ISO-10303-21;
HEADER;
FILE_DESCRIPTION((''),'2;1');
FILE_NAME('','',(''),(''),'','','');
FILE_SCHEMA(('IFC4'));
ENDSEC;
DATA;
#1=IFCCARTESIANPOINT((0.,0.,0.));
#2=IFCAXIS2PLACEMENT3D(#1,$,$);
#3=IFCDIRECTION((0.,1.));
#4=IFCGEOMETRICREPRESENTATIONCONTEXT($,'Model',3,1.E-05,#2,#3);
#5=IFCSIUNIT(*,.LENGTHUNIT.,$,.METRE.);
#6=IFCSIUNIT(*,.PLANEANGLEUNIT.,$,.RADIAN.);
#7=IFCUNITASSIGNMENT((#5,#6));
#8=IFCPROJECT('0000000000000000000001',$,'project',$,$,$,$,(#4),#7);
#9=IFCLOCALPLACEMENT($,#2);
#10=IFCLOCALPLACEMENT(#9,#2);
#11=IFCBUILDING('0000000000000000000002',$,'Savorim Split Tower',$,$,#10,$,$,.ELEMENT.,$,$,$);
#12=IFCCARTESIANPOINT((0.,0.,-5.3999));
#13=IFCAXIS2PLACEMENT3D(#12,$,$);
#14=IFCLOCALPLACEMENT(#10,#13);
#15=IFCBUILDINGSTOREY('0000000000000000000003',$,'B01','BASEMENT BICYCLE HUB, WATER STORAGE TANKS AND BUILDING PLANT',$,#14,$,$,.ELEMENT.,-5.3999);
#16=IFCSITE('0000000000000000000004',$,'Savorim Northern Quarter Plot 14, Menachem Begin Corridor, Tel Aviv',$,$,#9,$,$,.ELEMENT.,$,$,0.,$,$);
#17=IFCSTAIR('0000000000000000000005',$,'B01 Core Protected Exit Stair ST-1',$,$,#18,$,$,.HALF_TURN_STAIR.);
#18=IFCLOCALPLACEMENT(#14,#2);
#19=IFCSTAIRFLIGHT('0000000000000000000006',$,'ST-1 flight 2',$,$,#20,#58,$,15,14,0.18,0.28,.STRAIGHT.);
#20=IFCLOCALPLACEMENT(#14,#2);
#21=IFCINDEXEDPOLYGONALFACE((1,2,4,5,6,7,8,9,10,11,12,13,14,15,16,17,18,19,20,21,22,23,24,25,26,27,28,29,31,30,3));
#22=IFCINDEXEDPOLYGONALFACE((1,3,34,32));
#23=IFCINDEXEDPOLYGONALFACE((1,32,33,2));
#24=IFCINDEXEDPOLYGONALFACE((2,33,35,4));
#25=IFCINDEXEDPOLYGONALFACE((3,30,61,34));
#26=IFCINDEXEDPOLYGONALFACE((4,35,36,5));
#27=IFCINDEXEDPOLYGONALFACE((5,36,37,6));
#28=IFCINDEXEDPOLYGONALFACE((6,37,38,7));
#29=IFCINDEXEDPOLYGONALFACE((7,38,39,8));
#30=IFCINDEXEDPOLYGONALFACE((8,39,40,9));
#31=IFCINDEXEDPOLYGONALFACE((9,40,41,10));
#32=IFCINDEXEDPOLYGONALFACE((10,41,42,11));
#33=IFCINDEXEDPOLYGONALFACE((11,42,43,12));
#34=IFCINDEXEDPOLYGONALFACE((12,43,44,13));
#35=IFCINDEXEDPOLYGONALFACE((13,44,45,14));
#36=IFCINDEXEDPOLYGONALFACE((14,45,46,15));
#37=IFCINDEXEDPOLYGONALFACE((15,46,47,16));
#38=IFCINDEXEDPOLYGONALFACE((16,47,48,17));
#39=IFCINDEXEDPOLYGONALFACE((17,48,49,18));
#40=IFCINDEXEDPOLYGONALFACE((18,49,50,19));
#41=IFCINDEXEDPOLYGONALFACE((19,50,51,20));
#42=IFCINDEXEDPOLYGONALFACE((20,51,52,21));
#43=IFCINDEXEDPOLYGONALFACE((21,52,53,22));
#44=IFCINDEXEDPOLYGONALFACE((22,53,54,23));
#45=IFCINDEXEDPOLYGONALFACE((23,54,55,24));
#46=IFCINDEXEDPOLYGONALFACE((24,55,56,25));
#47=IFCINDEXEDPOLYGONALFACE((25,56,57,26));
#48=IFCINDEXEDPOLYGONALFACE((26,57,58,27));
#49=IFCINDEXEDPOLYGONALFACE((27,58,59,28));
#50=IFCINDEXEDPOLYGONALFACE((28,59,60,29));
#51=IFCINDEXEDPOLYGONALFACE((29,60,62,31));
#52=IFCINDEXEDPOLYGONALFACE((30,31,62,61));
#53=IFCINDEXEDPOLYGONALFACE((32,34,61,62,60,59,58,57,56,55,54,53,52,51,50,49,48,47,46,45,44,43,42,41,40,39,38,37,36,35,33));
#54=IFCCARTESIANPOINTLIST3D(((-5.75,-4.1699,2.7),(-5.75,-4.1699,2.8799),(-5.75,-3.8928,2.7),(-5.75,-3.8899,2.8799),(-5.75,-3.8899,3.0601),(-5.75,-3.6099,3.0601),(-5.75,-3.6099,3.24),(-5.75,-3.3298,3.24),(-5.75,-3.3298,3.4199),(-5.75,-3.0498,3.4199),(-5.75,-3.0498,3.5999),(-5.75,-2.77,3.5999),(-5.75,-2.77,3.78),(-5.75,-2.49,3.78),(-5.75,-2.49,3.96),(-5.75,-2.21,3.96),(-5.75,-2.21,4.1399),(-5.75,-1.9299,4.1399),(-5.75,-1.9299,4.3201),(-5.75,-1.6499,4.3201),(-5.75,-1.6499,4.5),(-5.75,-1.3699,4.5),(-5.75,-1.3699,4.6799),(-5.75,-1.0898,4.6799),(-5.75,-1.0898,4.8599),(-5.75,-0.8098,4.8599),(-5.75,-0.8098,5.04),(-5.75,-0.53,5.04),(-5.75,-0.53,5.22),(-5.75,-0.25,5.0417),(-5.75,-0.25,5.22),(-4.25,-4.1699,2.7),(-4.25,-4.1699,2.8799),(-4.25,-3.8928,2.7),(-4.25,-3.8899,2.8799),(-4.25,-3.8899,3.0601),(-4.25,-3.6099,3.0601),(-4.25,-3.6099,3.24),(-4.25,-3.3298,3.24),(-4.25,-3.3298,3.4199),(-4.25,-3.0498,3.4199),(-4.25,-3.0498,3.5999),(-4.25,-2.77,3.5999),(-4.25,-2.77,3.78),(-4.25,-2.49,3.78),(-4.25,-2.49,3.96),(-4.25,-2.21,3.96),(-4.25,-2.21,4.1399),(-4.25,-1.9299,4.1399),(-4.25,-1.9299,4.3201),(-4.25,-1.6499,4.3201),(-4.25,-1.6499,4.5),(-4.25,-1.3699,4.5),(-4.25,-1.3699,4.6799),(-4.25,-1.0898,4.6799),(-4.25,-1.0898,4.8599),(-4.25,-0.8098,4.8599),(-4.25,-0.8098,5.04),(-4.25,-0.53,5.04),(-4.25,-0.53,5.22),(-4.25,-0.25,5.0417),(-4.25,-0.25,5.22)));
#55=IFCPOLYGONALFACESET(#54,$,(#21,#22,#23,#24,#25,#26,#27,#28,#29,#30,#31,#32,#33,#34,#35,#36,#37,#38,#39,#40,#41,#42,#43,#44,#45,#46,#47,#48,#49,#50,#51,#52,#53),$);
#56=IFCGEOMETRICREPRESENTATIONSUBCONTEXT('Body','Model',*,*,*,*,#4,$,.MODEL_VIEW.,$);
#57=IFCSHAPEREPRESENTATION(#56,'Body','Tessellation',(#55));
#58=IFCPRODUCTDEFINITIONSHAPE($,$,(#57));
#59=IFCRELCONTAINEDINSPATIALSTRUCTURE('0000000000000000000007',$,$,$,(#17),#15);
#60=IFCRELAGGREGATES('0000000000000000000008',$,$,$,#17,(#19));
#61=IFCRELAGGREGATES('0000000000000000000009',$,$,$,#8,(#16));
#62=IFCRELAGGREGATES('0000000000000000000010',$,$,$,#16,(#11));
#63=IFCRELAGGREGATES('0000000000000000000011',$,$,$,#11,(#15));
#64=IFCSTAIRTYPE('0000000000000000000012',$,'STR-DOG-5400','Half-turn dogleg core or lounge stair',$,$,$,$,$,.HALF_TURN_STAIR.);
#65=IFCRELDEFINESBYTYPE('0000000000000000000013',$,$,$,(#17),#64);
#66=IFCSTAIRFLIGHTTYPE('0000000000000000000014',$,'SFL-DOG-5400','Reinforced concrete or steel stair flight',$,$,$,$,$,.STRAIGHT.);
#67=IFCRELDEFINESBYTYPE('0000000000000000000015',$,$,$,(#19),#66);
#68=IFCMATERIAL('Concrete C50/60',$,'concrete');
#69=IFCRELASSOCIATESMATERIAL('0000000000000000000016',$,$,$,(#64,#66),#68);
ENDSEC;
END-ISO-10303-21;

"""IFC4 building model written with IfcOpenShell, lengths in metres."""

from ifc_helpers import new_model, si_unit, direction, frame, origin, place, context, subcontext, project, spatial, polyline, outline, extrude, material, type_object, element, aggregate, save


model = new_model("IFC4")

# Units and contexts
model_context = context("Model", 3, precision=1e-05, world=origin(), true_north=direction((0.0, 1.0)))
body_context = subcontext(model_context, "Body", "Model", "MODEL_VIEW")
ifc_project = project(units=[si_unit("LENGTHUNIT", "METRE"), si_unit("PLANEANGLEUNIT", "RADIAN")], contexts=[model_context])

# Site, building, storey
site_placement = place(None, origin())
site = spatial("IfcSite", under=ifc_project, at=site_placement, Name="Savorim Northern Quarter Plot 14, Menachem Begin Corridor, Tel Aviv", CompositionType="ELEMENT", RefElevation=0.0)
building_placement = place(site_placement, origin())
building = spatial("IfcBuilding", under=site, at=building_placement, Name="Savorim Split Tower", CompositionType="ELEMENT")
storey_placement = place(building_placement, frame((0.0, 0.0, -5.3999)))
storey = spatial("IfcBuildingStorey", under=building, at=storey_placement, Name="B01", Description="BASEMENT BICYCLE HUB, WATER STORAGE TANKS AND BUILDING PLANT", CompositionType="ELEMENT", Elevation=-5.3999)

# Shared definitions
ifc_material_1 = material(Name="Concrete C50/60", Category="concrete")

# Stair, stair flight
stair_type = type_object("IfcStairType", Name="STR-DOG-5400", Description="Half-turn dogleg core or lounge stair", PredefinedType="HALF_TURN_STAIR", material=ifc_material_1)
stair_placement = place(storey_placement, origin())
stair = element("IfcStair", 1, at=stair_placement, inside=storey, type_object=stair_type, Name="B01 Core Protected Exit Stair ST-1", PredefinedType="HALF_TURN_STAIR")
stair_flight_type = type_object("IfcStairFlightType", Name="SFL-DOG-5400", Description="Reinforced concrete or steel stair flight", PredefinedType="STRAIGHT", material=ifc_material_1)
stair_flight_1_placement = place(storey_placement, frame((-5.0, -4.1699, 2.7), z_axis=(0.0, 0.0, 1.0), x_axis=(0.0, 1.0, 0.0)))
stair_flight_1 = element("IfcStairFlight", 2, at=stair_flight_1_placement, type_object=stair_flight_type, Name="ST-1 flight 2", NumberOfRisers=15, NumberOfTreads=14, PredefinedType="STRAIGHT", RiserHeight=0.18, TreadLength=0.28, context=body_context, shape_type="SweptSolid", body=[
    extrude(outline(polyline([(0.0, 0.0), (0.0, 0.1799), (0.28, 0.1799), (0.28, 0.3601), (0.5601, 0.3601), (0.5601, 0.54), (0.8401, 0.54), (0.8401, 0.72), (1.1201, 0.72), (1.1201, 0.8999), (1.3999, 0.8999), (1.3999, 1.0801), (1.6799, 1.0801), (1.6799, 1.26), (1.96, 1.26), (1.96, 1.4399), (2.24, 1.4399), (2.24, 1.6201), (2.52, 1.6201), (2.52, 1.8), (2.8, 1.8), (2.8, 1.98), (3.0801, 1.98), (3.0801, 2.1599), (3.3601, 2.1599), (3.3601, 2.3401), (3.6399, 2.3401), (3.6399, 2.52), (3.9199, 2.52), (3.9199, 2.7), (3.9199, 2.3418), (0.2771, 0.0), (0.0, 0.0)])), frame((0.0, 0.75, 0.0), z_axis=(0.0, -1.0, 0.0), x_axis=(1.0, 0.0, 0.0)), (0.0, 0.0, 1.0), 1.5),
])
aggregate(stair, [stair_flight_1])

save(model, "model.ifc")
